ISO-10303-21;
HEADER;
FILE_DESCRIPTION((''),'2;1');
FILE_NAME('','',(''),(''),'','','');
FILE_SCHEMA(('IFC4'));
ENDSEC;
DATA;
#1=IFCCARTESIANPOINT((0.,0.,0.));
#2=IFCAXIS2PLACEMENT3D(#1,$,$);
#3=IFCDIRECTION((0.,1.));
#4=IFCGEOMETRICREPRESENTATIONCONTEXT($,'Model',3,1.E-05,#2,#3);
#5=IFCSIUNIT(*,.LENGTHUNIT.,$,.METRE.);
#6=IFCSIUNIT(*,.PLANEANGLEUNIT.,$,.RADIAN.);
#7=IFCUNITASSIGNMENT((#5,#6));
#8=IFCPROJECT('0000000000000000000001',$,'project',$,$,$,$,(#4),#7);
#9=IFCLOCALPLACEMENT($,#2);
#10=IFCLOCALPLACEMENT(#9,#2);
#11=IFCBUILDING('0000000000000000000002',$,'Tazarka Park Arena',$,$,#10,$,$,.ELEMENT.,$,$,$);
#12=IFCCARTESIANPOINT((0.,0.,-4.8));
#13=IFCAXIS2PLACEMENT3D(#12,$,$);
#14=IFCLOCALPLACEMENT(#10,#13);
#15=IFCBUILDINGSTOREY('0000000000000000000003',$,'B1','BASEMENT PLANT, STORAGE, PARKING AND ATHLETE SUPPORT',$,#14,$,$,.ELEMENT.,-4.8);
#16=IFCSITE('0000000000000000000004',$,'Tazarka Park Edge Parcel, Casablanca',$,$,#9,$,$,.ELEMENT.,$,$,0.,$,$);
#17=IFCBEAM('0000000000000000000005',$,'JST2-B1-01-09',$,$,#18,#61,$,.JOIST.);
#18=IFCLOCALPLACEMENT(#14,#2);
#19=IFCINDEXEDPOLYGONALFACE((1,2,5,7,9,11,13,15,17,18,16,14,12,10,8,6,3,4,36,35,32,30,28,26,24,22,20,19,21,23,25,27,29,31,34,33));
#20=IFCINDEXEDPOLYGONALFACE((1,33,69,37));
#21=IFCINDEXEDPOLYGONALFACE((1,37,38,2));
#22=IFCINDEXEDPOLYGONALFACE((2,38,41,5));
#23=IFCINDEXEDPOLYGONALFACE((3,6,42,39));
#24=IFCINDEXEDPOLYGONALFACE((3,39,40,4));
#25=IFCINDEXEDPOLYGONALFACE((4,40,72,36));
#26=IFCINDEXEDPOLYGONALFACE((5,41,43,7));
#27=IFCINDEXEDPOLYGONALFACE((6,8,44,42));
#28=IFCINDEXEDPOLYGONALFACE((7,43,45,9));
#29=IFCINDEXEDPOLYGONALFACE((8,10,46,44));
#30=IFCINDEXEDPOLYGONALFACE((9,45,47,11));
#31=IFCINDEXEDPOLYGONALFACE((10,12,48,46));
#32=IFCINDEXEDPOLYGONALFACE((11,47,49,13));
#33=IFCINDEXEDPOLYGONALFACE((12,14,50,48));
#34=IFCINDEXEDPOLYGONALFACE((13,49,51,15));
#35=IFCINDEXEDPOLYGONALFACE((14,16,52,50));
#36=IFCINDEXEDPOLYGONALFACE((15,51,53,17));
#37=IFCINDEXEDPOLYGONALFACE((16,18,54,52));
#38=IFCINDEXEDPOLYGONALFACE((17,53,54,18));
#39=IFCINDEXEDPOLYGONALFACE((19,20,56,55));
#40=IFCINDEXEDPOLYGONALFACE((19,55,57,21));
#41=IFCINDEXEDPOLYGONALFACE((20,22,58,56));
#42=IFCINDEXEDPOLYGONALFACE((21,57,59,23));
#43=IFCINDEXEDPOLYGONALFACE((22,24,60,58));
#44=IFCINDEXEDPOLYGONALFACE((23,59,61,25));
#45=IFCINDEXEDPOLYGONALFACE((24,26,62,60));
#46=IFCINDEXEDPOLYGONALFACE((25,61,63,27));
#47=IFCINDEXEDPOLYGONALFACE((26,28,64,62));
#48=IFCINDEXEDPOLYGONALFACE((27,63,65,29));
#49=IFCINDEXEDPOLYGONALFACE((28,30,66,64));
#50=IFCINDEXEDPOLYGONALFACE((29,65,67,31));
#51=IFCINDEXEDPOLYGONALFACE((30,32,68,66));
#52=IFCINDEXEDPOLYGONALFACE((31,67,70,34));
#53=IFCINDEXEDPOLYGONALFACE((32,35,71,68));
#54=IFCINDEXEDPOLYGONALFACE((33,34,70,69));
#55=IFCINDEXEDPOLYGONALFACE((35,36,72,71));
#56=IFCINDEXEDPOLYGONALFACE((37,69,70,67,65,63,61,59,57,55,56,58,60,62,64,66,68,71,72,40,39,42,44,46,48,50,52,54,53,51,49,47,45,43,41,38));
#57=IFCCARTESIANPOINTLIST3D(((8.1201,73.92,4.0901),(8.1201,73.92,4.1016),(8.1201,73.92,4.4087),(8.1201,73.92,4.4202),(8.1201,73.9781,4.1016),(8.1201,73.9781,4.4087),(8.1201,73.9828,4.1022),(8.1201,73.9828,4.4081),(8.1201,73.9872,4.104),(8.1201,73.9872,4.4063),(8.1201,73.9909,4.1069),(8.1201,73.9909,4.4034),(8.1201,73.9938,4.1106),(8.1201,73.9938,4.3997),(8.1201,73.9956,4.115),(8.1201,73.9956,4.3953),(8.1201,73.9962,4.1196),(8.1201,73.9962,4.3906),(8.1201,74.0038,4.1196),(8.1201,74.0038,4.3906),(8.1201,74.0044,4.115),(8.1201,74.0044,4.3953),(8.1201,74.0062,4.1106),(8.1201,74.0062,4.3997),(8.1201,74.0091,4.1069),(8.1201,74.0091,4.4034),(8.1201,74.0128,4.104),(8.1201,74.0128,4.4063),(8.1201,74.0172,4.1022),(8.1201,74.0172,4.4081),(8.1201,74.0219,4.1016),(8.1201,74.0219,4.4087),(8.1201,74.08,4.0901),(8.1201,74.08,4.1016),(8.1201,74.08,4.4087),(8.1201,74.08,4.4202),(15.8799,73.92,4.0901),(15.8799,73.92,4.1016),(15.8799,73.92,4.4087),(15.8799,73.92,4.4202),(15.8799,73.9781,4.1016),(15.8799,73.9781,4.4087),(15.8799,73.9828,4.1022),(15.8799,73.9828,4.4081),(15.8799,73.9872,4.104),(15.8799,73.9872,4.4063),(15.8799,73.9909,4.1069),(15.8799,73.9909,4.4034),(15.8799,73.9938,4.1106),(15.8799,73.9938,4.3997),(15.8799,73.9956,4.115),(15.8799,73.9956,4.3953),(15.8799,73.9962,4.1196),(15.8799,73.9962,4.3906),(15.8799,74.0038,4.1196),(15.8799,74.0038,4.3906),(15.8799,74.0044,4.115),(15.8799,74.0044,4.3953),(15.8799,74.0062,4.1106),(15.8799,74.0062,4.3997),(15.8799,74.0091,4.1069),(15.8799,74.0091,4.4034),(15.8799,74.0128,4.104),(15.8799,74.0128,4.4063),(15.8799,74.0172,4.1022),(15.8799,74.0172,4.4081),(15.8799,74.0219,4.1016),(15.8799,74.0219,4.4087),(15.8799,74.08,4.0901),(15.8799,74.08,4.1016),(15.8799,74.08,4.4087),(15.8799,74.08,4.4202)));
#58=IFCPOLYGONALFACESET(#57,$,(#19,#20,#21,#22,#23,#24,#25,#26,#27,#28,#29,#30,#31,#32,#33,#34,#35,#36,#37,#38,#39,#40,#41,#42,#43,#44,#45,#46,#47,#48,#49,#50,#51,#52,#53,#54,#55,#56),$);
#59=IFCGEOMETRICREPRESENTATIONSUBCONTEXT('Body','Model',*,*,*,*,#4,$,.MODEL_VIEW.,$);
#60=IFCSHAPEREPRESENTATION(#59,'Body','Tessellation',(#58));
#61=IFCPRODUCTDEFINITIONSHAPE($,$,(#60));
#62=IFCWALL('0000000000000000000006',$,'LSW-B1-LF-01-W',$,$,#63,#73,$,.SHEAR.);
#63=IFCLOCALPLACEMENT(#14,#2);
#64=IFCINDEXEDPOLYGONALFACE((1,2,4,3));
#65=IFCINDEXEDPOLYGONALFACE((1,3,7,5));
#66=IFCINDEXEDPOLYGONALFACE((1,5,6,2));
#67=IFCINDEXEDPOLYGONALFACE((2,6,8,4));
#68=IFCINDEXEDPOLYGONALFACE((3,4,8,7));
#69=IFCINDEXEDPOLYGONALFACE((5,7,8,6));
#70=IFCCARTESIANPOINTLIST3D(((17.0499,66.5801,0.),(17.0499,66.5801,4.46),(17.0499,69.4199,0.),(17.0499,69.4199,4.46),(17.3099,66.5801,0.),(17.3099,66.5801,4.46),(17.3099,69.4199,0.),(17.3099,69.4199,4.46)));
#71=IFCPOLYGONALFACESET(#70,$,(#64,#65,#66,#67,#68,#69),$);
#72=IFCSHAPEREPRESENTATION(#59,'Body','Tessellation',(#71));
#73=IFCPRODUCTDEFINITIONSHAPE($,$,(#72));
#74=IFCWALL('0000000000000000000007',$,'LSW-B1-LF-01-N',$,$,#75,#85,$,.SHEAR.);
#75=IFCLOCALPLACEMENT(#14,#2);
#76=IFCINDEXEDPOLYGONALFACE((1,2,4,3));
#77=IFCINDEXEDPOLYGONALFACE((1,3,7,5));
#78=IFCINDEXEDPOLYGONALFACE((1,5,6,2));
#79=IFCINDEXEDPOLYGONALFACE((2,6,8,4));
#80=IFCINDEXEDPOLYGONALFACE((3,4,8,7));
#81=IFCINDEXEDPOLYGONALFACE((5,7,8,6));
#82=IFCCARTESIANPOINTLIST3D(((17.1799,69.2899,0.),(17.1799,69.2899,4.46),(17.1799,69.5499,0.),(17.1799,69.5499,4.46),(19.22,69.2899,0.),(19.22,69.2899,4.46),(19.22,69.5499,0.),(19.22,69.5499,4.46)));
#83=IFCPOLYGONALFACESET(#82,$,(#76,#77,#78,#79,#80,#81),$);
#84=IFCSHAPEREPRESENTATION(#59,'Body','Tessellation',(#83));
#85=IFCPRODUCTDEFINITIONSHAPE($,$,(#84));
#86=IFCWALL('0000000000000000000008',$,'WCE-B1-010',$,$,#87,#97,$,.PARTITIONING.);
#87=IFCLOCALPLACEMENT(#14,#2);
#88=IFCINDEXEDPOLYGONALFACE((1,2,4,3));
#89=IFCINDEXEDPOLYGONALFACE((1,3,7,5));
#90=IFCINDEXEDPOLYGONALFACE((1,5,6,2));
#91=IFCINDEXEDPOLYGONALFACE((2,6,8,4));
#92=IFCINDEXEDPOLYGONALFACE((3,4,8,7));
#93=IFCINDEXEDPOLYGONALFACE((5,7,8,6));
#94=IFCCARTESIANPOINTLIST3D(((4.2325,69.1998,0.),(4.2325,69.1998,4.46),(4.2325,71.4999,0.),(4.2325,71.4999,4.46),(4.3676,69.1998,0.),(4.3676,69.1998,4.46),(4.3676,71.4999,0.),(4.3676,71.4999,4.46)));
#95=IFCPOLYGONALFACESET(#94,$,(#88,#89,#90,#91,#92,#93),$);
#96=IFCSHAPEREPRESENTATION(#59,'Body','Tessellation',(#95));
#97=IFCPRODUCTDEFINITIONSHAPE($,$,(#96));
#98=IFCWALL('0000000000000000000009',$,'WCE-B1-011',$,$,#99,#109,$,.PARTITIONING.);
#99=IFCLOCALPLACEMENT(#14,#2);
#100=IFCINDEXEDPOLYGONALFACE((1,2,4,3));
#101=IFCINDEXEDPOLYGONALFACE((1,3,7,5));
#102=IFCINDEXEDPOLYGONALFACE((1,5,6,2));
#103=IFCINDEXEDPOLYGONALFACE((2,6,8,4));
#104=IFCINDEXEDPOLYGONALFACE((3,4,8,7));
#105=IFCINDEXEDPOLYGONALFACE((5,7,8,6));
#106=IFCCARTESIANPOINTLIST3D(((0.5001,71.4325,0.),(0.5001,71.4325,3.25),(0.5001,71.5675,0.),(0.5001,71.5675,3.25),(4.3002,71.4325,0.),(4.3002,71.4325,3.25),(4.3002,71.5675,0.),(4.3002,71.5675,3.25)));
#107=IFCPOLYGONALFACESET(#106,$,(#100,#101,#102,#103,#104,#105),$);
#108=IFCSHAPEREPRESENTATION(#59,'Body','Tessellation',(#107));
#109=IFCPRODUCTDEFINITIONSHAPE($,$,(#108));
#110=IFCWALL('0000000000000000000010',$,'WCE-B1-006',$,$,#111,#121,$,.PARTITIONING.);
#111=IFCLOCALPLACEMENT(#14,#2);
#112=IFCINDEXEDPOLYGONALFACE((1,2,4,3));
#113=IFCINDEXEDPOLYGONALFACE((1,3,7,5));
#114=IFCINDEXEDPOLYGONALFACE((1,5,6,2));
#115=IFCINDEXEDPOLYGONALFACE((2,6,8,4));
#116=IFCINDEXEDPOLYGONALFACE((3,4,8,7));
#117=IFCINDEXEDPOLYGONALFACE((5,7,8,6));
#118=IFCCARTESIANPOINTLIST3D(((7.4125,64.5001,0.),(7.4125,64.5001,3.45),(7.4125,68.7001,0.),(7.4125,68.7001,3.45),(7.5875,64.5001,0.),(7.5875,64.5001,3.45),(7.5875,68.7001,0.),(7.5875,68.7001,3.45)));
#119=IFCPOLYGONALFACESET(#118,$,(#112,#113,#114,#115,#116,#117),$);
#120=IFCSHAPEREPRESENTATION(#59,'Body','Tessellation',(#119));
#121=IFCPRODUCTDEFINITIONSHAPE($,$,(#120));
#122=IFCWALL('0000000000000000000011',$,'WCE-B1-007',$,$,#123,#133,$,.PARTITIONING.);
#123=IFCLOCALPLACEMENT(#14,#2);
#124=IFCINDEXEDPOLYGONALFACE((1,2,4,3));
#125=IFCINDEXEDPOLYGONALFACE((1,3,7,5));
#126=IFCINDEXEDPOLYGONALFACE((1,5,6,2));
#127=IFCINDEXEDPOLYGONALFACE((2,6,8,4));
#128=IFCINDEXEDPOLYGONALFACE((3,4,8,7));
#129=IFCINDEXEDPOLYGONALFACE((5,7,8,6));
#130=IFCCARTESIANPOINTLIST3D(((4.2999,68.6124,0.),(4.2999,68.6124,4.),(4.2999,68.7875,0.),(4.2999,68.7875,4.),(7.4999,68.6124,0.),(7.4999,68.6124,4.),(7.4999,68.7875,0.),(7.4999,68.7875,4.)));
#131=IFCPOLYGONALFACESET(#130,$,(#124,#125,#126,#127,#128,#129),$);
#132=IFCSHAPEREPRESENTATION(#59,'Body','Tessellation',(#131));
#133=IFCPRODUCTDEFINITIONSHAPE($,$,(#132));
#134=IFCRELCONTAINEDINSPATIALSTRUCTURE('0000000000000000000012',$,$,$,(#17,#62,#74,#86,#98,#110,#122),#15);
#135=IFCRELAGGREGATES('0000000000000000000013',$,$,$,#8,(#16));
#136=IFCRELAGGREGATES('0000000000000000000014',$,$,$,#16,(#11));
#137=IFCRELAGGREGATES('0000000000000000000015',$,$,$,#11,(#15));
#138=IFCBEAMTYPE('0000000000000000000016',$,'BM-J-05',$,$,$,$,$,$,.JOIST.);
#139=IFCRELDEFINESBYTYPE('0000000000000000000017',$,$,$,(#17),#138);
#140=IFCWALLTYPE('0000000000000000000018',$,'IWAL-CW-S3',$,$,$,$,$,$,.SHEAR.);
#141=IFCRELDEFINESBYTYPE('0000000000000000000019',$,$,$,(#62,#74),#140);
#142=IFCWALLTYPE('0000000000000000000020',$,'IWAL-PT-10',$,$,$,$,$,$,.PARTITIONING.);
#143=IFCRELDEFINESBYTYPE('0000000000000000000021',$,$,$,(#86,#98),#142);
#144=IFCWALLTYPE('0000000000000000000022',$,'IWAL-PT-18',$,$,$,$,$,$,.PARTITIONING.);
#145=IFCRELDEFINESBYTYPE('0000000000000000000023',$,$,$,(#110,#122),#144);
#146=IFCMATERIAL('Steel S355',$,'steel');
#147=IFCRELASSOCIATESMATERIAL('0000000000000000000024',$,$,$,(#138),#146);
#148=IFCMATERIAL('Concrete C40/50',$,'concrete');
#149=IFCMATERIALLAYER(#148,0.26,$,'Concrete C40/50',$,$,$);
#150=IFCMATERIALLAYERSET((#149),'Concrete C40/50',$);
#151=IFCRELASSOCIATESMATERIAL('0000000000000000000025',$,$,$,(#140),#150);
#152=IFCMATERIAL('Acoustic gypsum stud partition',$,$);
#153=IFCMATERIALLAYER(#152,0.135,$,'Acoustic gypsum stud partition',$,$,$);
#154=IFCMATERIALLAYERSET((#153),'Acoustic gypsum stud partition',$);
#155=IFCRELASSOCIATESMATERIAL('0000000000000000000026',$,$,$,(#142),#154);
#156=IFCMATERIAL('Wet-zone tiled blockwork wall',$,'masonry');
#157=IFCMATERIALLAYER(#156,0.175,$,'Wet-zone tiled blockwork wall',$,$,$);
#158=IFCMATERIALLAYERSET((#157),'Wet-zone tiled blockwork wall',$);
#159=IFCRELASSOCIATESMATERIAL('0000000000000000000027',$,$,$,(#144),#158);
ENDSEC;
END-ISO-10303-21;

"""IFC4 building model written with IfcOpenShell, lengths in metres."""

from ifc_helpers import new_model, si_unit, direction, frame, frame_2d, origin, origin_2d, place, context, subcontext, project, spatial, rectangle, i_section, extrude, material, layer, layer_set, material_profile, profile_set, type_object, element, save


model = new_model("IFC4")

# Units and contexts
model_context = context("Model", 3, precision=1e-05, world=origin(), true_north=direction((0.0, 1.0)))
body_context = subcontext(model_context, "Body", "Model", "MODEL_VIEW")
ifc_project = project(units=[si_unit("LENGTHUNIT", "METRE"), si_unit("PLANEANGLEUNIT", "RADIAN")], contexts=[model_context])

# Site, building, storey
site_placement = place(None, origin())
site = spatial("IfcSite", under=ifc_project, at=site_placement, Name="Tazarka Park Edge Parcel, Casablanca", CompositionType="ELEMENT", RefElevation=0.0)
building_placement = place(site_placement, origin())
building = spatial("IfcBuilding", under=site, at=building_placement, Name="Tazarka Park Arena", CompositionType="ELEMENT")
storey_placement = place(building_placement, frame((0.0, 0.0, -4.8)))
storey = spatial("IfcBuildingStorey", under=building, at=storey_placement, Name="B1", Description="BASEMENT PLANT, STORAGE, PARKING AND ATHLETE SUPPORT", CompositionType="ELEMENT", Elevation=-4.8)

# Beam
ifc_material_1 = material(Name="Steel S355", Category="steel")
ifc_material_profile_1 = material_profile(ifc_material_1, i_section(OverallWidth=0.1599, OverallDepth=0.3301, WebThickness=0.0076, FlangeThickness=0.0115, FilletRadius=0.0181, at=origin_2d()), Name="Steel S355")
ifc_profile_set_1 = profile_set([ifc_material_profile_1], Name="Steel S355")
beam_type_1 = type_object("IfcBeamType", Name="BM-J-05", PredefinedType="JOIST", material=ifc_profile_set_1)
beam_1_placement = place(storey_placement, frame((8.1201, 74.0, 4.2551), z_axis=(1.0, 0.0, 0.0), x_axis=(0.0, 1.0, 0.0)))
element("IfcBeam", 1, at=beam_1_placement, inside=storey, type_object=beam_type_1, Name="JST2-B1-01-09", PredefinedType="JOIST", context=body_context, shape_type="SweptSolid", body=[
    extrude(i_section(OverallWidth=0.1599, OverallDepth=0.3301, WebThickness=0.0076, FlangeThickness=0.0115, FilletRadius=0.0181, at=origin_2d()), origin(), (0.0, 0.0, 1.0), 7.7598),
])

# Walls
ifc_material_2 = material(Name="Concrete C40/50", Category="concrete")
ifc_layer_1 = layer(ifc_material_2, 0.26, Name="Concrete C40/50")
ifc_layer_set_1 = layer_set([ifc_layer_1], Name="Concrete C40/50")
wall_type_1 = type_object("IfcWallType", Name="IWAL-CW-S3", PredefinedType="SHEAR", material=ifc_layer_set_1)
wall_1_placement = place(storey_placement, frame((17.1799, 66.5801, 0.0), z_axis=(0.0, 0.0, 1.0), x_axis=(0.0, 1.0, 0.0)))
element("IfcWall", 2, at=wall_1_placement, inside=storey, type_object=wall_type_1, Name="LSW-B1-LF-01-W", PredefinedType="SHEAR", context=body_context, shape_type="SweptSolid", body=[
    extrude(rectangle(XDim=2.8398, YDim=0.26, at=frame_2d((1.4199, 0.0))), origin(), (0.0, 0.0, 1.0), 4.46),
])
wall_2_placement = place(storey_placement, frame((17.1799, 69.4199, 0.0), z_axis=(0.0, 0.0, 1.0), x_axis=(1.0, 0.0, 0.0)))
element("IfcWall", 3, at=wall_2_placement, inside=storey, type_object=wall_type_1, Name="LSW-B1-LF-01-N", PredefinedType="SHEAR", context=body_context, shape_type="SweptSolid", body=[
    extrude(rectangle(XDim=2.04, YDim=0.26, at=frame_2d((1.02, 0.0))), origin(), (0.0, 0.0, 1.0), 4.46),
])
ifc_material_3 = material(Name="Acoustic gypsum stud partition")
ifc_layer_2 = layer(ifc_material_3, 0.135, Name="Acoustic gypsum stud partition")
ifc_layer_set_2 = layer_set([ifc_layer_2], Name="Acoustic gypsum stud partition")
wall_type_2 = type_object("IfcWallType", Name="IWAL-PT-10", PredefinedType="PARTITIONING", material=ifc_layer_set_2)
wall_3_placement = place(storey_placement, frame((4.3, 69.2, 0.0), z_axis=(0.0, 0.0, 1.0), x_axis=(0.0, 1.0, 0.0)))
element("IfcWall", 4, at=wall_3_placement, inside=storey, type_object=wall_type_2, Name="WCE-B1-010", PredefinedType="PARTITIONING", context=body_context, shape_type="SweptSolid", body=[
    extrude(rectangle(XDim=2.3, YDim=0.135, at=frame_2d((1.1499, 0.0))), origin(), (0.0, 0.0, 1.0), 4.46),
])
wall_4_placement = place(storey_placement, frame((4.3, 71.5, 0.0), z_axis=(0.0, 0.0, 1.0), x_axis=(-1.0, 0.0, 0.0)))
element("IfcWall", 5, at=wall_4_placement, inside=storey, type_object=wall_type_2, Name="WCE-B1-011", PredefinedType="PARTITIONING", context=body_context, shape_type="SweptSolid", body=[
    extrude(rectangle(XDim=3.8, YDim=0.135, at=frame_2d((1.8999, 0.0))), origin(), (0.0, 0.0, 1.0), 3.25),
])
ifc_material_4 = material(Name="Wet-zone tiled blockwork wall", Category="masonry")
ifc_layer_3 = layer(ifc_material_4, 0.175, Name="Wet-zone tiled blockwork wall")
ifc_layer_set_3 = layer_set([ifc_layer_3], Name="Wet-zone tiled blockwork wall")
wall_type_3 = type_object("IfcWallType", Name="IWAL-PT-18", PredefinedType="PARTITIONING", material=ifc_layer_set_3)
wall_5_placement = place(storey_placement, frame((7.5, 64.5, 0.0), z_axis=(0.0, 0.0, 1.0), x_axis=(0.0, 1.0, 0.0)))
element("IfcWall", 6, at=wall_5_placement, inside=storey, type_object=wall_type_3, Name="WCE-B1-006", PredefinedType="PARTITIONING", context=body_context, shape_type="SweptSolid", body=[
    extrude(rectangle(XDim=4.2, YDim=0.175, at=frame_2d((2.1001, 0.0))), origin(), (0.0, 0.0, 1.0), 3.45),
])
wall_6_placement = place(storey_placement, frame((7.5, 68.7, 0.0), z_axis=(0.0, 0.0, 1.0), x_axis=(-1.0, 0.0, 0.0)))
element("IfcWall", 7, at=wall_6_placement, inside=storey, type_object=wall_type_3, Name="WCE-B1-007", PredefinedType="PARTITIONING", context=body_context, shape_type="SweptSolid", body=[
    extrude(rectangle(XDim=3.2, YDim=0.175, at=frame_2d((1.6001, 0.0))), origin(), (0.0, 0.0, 1.0), 4.0),
])

save(model, "model.ifc")
